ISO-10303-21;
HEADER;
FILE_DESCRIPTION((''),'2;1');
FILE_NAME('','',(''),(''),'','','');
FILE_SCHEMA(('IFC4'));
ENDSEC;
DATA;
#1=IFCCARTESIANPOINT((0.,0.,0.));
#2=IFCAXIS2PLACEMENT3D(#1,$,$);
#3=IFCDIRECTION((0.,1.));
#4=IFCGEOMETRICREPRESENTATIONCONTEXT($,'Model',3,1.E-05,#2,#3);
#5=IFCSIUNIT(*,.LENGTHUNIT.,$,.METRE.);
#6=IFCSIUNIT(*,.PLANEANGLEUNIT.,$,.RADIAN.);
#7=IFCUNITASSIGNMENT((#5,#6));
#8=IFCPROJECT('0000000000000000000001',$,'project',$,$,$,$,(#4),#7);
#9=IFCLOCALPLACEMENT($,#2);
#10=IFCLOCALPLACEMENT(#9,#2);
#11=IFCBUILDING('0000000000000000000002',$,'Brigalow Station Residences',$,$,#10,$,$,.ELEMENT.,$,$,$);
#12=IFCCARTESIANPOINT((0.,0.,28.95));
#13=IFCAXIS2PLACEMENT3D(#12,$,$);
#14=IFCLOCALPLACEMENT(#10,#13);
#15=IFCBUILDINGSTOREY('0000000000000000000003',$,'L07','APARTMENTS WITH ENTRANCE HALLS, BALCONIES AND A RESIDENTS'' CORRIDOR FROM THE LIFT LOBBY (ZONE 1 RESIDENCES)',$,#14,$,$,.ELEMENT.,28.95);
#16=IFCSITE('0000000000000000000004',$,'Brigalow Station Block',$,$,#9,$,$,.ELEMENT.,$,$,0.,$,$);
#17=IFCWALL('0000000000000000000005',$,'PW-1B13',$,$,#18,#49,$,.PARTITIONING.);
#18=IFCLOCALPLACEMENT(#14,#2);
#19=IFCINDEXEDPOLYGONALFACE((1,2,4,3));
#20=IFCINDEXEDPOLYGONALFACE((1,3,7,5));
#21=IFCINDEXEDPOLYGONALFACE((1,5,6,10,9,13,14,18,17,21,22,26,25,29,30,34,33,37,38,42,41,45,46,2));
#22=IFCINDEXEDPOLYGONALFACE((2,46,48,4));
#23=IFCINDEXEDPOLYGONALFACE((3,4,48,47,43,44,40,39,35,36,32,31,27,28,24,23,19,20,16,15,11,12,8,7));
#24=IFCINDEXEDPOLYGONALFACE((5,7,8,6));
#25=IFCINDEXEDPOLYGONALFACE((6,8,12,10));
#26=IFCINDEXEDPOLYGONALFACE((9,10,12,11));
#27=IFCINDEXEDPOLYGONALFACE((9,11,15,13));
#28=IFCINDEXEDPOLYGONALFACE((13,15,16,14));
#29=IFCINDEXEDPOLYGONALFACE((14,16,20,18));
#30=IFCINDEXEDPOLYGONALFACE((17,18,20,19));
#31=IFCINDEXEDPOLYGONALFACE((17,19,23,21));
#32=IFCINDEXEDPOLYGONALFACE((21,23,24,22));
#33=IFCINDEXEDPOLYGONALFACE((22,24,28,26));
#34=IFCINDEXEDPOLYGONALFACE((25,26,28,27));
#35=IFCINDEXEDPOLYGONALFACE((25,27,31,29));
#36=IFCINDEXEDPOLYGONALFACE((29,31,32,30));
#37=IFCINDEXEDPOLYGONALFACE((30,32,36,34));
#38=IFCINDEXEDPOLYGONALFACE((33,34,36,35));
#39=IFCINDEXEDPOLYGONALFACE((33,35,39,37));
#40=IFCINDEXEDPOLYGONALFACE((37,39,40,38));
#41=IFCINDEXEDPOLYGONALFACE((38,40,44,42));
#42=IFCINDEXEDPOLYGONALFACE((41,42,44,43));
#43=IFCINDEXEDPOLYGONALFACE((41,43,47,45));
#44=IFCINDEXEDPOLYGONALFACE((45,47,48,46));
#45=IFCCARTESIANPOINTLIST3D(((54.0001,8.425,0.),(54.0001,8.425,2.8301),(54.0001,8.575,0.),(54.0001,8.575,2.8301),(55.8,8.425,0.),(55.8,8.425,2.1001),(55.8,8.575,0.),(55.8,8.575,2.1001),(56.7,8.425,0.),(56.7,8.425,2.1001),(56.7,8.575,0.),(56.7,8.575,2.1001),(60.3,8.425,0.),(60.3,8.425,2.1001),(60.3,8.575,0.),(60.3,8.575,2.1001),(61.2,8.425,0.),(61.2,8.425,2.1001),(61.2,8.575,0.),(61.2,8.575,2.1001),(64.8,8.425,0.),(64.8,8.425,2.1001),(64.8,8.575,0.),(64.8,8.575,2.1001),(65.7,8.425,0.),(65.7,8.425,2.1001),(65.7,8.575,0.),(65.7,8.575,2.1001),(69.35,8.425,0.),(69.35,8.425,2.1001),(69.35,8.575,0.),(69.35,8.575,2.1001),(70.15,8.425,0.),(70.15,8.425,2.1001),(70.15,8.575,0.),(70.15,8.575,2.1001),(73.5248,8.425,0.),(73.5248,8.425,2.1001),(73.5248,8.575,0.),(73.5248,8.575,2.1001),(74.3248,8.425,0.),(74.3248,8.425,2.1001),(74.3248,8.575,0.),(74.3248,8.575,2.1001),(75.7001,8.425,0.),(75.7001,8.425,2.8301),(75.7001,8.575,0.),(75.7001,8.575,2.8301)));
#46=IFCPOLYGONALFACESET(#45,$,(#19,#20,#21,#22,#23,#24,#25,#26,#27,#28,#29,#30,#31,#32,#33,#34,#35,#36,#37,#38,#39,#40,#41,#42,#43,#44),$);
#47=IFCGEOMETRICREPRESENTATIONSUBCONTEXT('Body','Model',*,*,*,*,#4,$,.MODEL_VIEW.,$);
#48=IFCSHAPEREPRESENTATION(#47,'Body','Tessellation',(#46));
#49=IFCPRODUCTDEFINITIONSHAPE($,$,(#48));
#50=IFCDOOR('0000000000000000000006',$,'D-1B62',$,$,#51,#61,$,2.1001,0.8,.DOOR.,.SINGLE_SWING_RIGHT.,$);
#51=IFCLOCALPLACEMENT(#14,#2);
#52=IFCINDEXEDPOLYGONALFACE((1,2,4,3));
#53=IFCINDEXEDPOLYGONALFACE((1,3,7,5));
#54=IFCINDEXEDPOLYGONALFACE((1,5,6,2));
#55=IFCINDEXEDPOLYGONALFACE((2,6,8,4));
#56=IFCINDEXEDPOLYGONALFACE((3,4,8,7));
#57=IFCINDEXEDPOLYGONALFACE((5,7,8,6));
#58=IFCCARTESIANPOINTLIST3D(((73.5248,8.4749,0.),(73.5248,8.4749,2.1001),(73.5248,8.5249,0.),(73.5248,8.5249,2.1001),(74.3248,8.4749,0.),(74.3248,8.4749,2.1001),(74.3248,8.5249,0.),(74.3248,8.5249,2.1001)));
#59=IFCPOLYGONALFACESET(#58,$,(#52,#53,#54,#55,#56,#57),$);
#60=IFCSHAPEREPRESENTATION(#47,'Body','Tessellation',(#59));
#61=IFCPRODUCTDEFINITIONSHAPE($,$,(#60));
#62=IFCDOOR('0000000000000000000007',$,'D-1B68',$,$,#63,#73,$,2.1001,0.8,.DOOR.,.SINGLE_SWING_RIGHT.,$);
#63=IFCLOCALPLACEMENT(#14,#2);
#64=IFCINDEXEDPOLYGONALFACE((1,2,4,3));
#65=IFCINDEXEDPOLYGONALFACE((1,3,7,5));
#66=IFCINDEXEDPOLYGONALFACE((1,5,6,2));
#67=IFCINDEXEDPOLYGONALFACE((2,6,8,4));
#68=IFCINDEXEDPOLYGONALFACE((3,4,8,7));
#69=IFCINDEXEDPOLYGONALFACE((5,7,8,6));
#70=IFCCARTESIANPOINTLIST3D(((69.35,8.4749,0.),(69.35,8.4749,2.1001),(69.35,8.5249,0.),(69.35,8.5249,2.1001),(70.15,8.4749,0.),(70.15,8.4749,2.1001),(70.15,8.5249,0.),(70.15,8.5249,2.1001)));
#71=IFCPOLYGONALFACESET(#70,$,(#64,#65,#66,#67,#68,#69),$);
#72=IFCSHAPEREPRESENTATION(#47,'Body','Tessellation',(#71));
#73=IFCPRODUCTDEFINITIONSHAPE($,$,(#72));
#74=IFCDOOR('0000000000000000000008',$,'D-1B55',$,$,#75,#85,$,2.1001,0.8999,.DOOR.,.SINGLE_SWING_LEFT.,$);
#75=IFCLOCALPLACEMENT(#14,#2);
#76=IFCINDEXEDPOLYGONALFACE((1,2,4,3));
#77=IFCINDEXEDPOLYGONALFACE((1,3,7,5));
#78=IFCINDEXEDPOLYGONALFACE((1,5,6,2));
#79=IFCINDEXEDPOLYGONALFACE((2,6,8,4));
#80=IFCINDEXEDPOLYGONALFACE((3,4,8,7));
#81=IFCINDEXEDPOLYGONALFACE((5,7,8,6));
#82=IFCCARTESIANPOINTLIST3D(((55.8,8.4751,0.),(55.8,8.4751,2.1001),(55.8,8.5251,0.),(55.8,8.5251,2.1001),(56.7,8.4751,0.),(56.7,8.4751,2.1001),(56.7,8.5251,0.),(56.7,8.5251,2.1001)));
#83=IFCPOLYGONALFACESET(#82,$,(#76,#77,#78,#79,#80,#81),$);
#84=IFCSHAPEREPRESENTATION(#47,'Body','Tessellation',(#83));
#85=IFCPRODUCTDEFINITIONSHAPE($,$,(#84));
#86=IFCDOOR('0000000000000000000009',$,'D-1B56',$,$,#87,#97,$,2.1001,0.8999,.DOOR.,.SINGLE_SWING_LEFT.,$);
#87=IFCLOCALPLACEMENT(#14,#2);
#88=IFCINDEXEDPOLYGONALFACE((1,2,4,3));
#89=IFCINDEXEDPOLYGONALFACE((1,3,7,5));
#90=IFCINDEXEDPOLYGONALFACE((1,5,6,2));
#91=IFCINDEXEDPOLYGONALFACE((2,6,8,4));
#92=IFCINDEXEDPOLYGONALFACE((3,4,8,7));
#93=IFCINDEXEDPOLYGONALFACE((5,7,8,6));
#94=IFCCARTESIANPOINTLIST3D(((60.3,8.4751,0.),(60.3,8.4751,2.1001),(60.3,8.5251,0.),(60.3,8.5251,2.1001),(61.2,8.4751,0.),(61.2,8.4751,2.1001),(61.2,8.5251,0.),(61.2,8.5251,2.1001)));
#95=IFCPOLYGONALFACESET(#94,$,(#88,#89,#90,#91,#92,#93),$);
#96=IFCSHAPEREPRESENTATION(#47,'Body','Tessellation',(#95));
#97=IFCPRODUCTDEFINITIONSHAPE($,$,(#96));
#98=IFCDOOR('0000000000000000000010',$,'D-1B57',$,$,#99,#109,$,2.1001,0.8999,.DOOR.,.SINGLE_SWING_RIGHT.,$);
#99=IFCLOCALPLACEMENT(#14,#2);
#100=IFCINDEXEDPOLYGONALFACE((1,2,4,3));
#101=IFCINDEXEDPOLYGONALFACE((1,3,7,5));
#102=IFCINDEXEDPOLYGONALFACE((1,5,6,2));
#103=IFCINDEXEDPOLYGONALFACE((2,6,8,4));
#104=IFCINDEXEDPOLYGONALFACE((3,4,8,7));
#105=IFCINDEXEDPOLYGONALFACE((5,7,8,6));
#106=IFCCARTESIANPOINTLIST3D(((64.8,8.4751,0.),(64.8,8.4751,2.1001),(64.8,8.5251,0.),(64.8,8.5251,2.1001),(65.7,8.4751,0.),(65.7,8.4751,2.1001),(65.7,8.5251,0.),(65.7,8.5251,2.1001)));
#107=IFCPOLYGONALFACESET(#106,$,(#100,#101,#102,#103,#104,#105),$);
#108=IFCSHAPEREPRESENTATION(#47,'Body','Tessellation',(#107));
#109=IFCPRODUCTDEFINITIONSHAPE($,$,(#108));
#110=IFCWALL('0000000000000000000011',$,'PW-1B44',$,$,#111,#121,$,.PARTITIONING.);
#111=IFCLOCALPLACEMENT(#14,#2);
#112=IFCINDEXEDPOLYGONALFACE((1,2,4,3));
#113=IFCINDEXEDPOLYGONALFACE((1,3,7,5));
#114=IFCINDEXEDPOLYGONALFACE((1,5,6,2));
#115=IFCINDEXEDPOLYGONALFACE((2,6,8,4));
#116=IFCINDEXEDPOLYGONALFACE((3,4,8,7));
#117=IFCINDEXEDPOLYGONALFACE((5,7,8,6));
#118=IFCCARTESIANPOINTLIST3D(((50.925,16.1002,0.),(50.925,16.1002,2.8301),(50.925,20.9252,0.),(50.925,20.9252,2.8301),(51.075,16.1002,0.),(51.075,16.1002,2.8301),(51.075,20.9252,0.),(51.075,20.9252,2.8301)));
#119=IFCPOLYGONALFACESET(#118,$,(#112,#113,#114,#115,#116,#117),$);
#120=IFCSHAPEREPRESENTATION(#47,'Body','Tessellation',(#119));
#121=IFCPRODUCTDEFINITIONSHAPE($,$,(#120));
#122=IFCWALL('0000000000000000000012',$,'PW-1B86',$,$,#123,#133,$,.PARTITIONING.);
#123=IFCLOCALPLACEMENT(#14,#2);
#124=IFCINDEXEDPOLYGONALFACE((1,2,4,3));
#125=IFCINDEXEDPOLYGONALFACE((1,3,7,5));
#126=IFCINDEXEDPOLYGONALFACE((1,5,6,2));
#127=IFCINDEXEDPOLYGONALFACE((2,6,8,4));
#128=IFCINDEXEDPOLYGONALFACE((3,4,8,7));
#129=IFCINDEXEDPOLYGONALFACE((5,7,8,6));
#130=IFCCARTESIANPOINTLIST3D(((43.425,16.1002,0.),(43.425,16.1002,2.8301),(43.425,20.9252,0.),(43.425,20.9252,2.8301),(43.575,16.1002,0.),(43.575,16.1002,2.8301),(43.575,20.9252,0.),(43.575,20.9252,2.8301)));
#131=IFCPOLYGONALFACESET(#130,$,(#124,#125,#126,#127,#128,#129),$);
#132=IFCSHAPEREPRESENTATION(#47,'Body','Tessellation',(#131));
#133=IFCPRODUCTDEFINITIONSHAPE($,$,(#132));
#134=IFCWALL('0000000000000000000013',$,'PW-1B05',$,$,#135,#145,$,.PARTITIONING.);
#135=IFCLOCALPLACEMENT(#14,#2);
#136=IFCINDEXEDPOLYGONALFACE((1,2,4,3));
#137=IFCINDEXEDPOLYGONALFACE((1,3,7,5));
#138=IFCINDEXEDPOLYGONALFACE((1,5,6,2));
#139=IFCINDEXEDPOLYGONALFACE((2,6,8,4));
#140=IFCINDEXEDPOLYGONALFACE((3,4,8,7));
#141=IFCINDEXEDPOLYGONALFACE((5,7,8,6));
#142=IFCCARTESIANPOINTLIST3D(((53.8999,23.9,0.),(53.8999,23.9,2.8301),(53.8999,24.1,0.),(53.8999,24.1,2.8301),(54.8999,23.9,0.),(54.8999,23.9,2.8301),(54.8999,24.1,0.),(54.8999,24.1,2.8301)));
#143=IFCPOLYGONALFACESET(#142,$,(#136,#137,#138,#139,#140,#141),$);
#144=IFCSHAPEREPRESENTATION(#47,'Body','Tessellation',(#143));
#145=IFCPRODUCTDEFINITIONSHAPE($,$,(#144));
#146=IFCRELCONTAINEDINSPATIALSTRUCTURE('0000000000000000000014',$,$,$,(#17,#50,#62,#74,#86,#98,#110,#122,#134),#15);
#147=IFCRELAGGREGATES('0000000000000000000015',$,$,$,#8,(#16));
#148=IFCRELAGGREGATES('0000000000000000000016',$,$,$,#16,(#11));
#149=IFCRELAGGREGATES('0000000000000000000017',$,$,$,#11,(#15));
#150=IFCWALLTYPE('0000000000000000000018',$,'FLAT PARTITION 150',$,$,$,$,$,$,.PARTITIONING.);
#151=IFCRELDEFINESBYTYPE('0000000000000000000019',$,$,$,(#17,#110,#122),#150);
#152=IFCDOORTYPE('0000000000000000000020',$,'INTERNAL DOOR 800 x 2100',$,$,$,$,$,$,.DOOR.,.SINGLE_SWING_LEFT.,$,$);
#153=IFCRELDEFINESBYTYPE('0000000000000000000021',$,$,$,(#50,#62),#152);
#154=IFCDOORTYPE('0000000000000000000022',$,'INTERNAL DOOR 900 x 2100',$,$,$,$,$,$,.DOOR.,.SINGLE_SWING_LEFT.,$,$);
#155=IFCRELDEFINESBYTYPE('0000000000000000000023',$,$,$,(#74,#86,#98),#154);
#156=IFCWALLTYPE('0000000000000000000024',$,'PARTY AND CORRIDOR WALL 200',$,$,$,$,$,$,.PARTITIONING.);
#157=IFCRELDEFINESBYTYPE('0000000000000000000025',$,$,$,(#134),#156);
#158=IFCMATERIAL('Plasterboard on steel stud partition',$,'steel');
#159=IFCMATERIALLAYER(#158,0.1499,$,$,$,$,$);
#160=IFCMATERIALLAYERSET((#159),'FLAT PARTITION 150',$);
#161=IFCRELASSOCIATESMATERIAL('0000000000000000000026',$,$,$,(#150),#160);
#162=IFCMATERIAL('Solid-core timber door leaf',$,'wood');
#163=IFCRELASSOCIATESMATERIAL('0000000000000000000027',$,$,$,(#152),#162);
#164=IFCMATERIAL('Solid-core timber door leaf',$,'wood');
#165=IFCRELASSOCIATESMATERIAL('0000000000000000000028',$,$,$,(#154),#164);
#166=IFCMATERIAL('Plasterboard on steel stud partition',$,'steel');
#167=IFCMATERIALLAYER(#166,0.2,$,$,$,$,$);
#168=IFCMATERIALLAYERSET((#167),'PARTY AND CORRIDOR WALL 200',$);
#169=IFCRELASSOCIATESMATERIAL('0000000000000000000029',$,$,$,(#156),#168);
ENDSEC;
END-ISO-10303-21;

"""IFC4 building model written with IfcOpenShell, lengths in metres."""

from ifc_helpers import new_model, si_unit, direction, frame, frame_2d, origin, place, context, subcontext, project, spatial, rectangle, extrude, material, layer, layer_set, type_object, element, fill, save


model = new_model("IFC4")

# Units and contexts
model_context = context("Model", 3, precision=1e-05, world=origin(), true_north=direction((0.0, 1.0)))
body_context = subcontext(model_context, "Body", "Model", "MODEL_VIEW")
ifc_project = project(units=[si_unit("LENGTHUNIT", "METRE"), si_unit("PLANEANGLEUNIT", "RADIAN")], contexts=[model_context])

# Site, building, storey
site_placement = place(None, origin())
site = spatial("IfcSite", under=ifc_project, at=site_placement, Name="Brigalow Station Block", CompositionType="ELEMENT", RefElevation=0.0)
building_placement = place(site_placement, origin())
building = spatial("IfcBuilding", under=site, at=building_placement, Name="Brigalow Station Residences", CompositionType="ELEMENT")
storey_placement = place(building_placement, frame((0.0, 0.0, 28.95)))
storey = spatial("IfcBuildingStorey", under=building, at=storey_placement, Name="L07", Description="APARTMENTS WITH ENTRANCE HALLS, BALCONIES AND A RESIDENTS' CORRIDOR FROM THE LIFT LOBBY (ZONE 1 RESIDENCES)", CompositionType="ELEMENT", Elevation=28.95)

# Wall, openings, doors
ifc_material_1 = material(Name="Plasterboard on steel stud partition", Category="steel")
ifc_layer_1 = layer(ifc_material_1, 0.1499)
ifc_layer_set_1 = layer_set([ifc_layer_1], Name="FLAT PARTITION 150")
wall_type_1 = type_object("IfcWallType", Name="FLAT PARTITION 150", PredefinedType="PARTITIONING", material=ifc_layer_set_1)
wall_1_placement = place(storey_placement, frame((54.0, 8.5, 0.0), z_axis=(0.0, 0.0, 1.0), x_axis=(1.0, 0.0, 0.0)))
wall_1 = element("IfcWall", 1, at=wall_1_placement, inside=storey, type_object=wall_type_1, Name="PW-1B13", PredefinedType="PARTITIONING", context=body_context, shape_type="SweptSolid", body=[
    extrude(rectangle(XDim=21.7, YDim=0.1499, at=frame_2d((10.8501, 0.0))), origin(), (0.0, 0.0, 1.0), 2.8301),
])
opening_1_placement = place(wall_1_placement, frame((1.8, 0.0, 0.0)))
opening_1 = element("IfcOpeningElement", 2, at=opening_1_placement, cuts=wall_1, PredefinedType="OPENING", context=body_context, shape_type="SweptSolid", body=[
    extrude(rectangle(XDim=0.8999, YDim=2.1001, at=frame_2d((0.45, 1.05))), frame((0.0, 0.085, 0.0), z_axis=(0.0, -1.0, 0.0), x_axis=(1.0, 0.0, 0.0)), (0.0, 0.0, 1.0), 0.1699),
])
opening_2_placement = place(wall_1_placement, frame((6.3, 0.0, 0.0)))
opening_2 = element("IfcOpeningElement", 3, at=opening_2_placement, cuts=wall_1, PredefinedType="OPENING", context=body_context, shape_type="SweptSolid", body=[
    extrude(rectangle(XDim=0.8999, YDim=2.1001, at=frame_2d((0.45, 1.05))), frame((0.0, 0.085, 0.0), z_axis=(0.0, -1.0, 0.0), x_axis=(1.0, 0.0, 0.0)), (0.0, 0.0, 1.0), 0.1699),
])
opening_3_placement = place(wall_1_placement, frame((10.8, 0.0, 0.0)))
opening_3 = element("IfcOpeningElement", 4, at=opening_3_placement, cuts=wall_1, PredefinedType="OPENING", context=body_context, shape_type="SweptSolid", body=[
    extrude(rectangle(XDim=0.8999, YDim=2.1001, at=frame_2d((0.45, 1.05))), frame((0.0, 0.085, 0.0), z_axis=(0.0, -1.0, 0.0), x_axis=(1.0, 0.0, 0.0)), (0.0, 0.0, 1.0), 0.1699),
])
opening_4_placement = place(wall_1_placement, frame((19.5249, 0.0, 0.0)))
opening_4 = element("IfcOpeningElement", 5, at=opening_4_placement, cuts=wall_1, PredefinedType="OPENING", context=body_context, shape_type="SweptSolid", body=[
    extrude(rectangle(XDim=0.8, YDim=2.1001, at=frame_2d((0.3999, 1.05))), frame((0.0, 0.085, 0.0), z_axis=(0.0, -1.0, 0.0), x_axis=(1.0, 0.0, 0.0)), (0.0, 0.0, 1.0), 0.1699),
])
opening_5_placement = place(wall_1_placement, frame((15.3501, 0.0, 0.0)))
opening_5 = element("IfcOpeningElement", 6, at=opening_5_placement, cuts=wall_1, PredefinedType="OPENING", context=body_context, shape_type="SweptSolid", body=[
    extrude(rectangle(XDim=0.8, YDim=2.1001, at=frame_2d((0.3999, 1.05))), frame((0.0, 0.085, 0.0), z_axis=(0.0, -1.0, 0.0), x_axis=(1.0, 0.0, 0.0)), (0.0, 0.0, 1.0), 0.1699),
])
ifc_material_2 = material(Name="Solid-core timber door leaf", Category="wood")
door_type_1 = type_object("IfcDoorType", Name="INTERNAL DOOR 800 x 2100", OperationType="SINGLE_SWING_LEFT", PredefinedType="DOOR", material=ifc_material_2)
door_1_placement = place(opening_4_placement, origin())
door_1 = element("IfcDoor", 7, at=door_1_placement, inside=storey, type_object=door_type_1, Name="D-1B62", OperationType="SINGLE_SWING_RIGHT", OverallHeight=2.1001, OverallWidth=0.8, PredefinedType="DOOR", context=body_context, shape_type="SweptSolid", body=[
    extrude(rectangle(XDim=0.8, YDim=2.1001, at=frame_2d((0.3999, 1.05))), frame((0.0, 0.0249, 0.0), z_axis=(0.0, -1.0, 0.0), x_axis=(1.0, 0.0, 0.0)), (0.0, 0.0, 1.0), 0.05),
])
fill(opening_4, door_1)
door_2_placement = place(opening_5_placement, origin())
door_2 = element("IfcDoor", 8, at=door_2_placement, inside=storey, type_object=door_type_1, Name="D-1B68", OperationType="SINGLE_SWING_RIGHT", OverallHeight=2.1001, OverallWidth=0.8, PredefinedType="DOOR", context=body_context, shape_type="SweptSolid", body=[
    extrude(rectangle(XDim=0.8, YDim=2.1001, at=frame_2d((0.3999, 1.05))), frame((0.0, 0.0249, 0.0), z_axis=(0.0, -1.0, 0.0), x_axis=(1.0, 0.0, 0.0)), (0.0, 0.0, 1.0), 0.05),
])
fill(opening_5, door_2)
ifc_material_3 = material(Name="Solid-core timber door leaf", Category="wood")
door_type_2 = type_object("IfcDoorType", Name="INTERNAL DOOR 900 x 2100", OperationType="SINGLE_SWING_LEFT", PredefinedType="DOOR", material=ifc_material_3)
door_3_placement = place(opening_1_placement, frame((0.8999, 0.0, 0.0), z_axis=(0.0, 0.0, 1.0), x_axis=(-1.0, 0.0, 0.0)))
door_3 = element("IfcDoor", 9, at=door_3_placement, inside=storey, type_object=door_type_2, Name="D-1B55", OperationType="SINGLE_SWING_LEFT", OverallHeight=2.1001, OverallWidth=0.8999, PredefinedType="DOOR", context=body_context, shape_type="SweptSolid", body=[
    extrude(rectangle(XDim=0.8999, YDim=2.1001, at=frame_2d((0.45, 1.05))), frame((0.0, 0.0249, 0.0), z_axis=(0.0, -1.0, 0.0), x_axis=(1.0, 0.0, 0.0)), (0.0, 0.0, 1.0), 0.05),
])
fill(opening_1, door_3)
door_4_placement = place(opening_2_placement, frame((0.8999, 0.0, 0.0), z_axis=(0.0, 0.0, 1.0), x_axis=(-1.0, 0.0, 0.0)))
door_4 = element("IfcDoor", 10, at=door_4_placement, inside=storey, type_object=door_type_2, Name="D-1B56", OperationType="SINGLE_SWING_LEFT", OverallHeight=2.1001, OverallWidth=0.8999, PredefinedType="DOOR", context=body_context, shape_type="SweptSolid", body=[
    extrude(rectangle(XDim=0.8999, YDim=2.1001, at=frame_2d((0.45, 1.05))), frame((0.0, 0.0249, 0.0), z_axis=(0.0, -1.0, 0.0), x_axis=(1.0, 0.0, 0.0)), (0.0, 0.0, 1.0), 0.05),
])
fill(opening_2, door_4)
door_5_placement = place(opening_3_placement, frame((0.8999, 0.0, 0.0), z_axis=(0.0, 0.0, 1.0), x_axis=(-1.0, 0.0, 0.0)))
door_5 = element("IfcDoor", 11, at=door_5_placement, inside=storey, type_object=door_type_2, Name="D-1B57", OperationType="SINGLE_SWING_RIGHT", OverallHeight=2.1001, OverallWidth=0.8999, PredefinedType="DOOR", context=body_context, shape_type="SweptSolid", body=[
    extrude(rectangle(XDim=0.8999, YDim=2.1001, at=frame_2d((0.45, 1.05))), frame((0.0, 0.0249, 0.0), z_axis=(0.0, -1.0, 0.0), x_axis=(1.0, 0.0, 0.0)), (0.0, 0.0, 1.0), 0.05),
])
fill(opening_3, door_5)

# Walls
for number, where, z_axis, x_axis, name in (
    (12, (51.0, 16.1001, 0.0), (0.0, 0.0, 1.0), (0.0, 1.0, 0.0), "PW-1B44"),
    (13, (43.5, 16.1001, 0.0), (0.0, 0.0, 1.0), (0.0, 1.0, 0.0), "PW-1B86"),
):
    element("IfcWall", number, at=place(storey_placement, frame(where, z_axis=z_axis, x_axis=x_axis)), inside=storey, type_object=wall_type_1, Name=name, PredefinedType="PARTITIONING", context=body_context, shape_type="SweptSolid", body=[
        extrude(rectangle(XDim=4.825, YDim=0.1499, at=frame_2d((2.4126, 0.0))), origin(), (0.0, 0.0, 1.0), 2.8301),
    ])
ifc_material_4 = material(Name="Plasterboard on steel stud partition", Category="steel")
ifc_layer_2 = layer(ifc_material_4, 0.2)
ifc_layer_set_2 = layer_set([ifc_layer_2], Name="PARTY AND CORRIDOR WALL 200")
wall_type_2 = type_object("IfcWallType", Name="PARTY AND CORRIDOR WALL 200", PredefinedType="PARTITIONING", material=ifc_layer_set_2)
wall_2_placement = place(storey_placement, frame((53.8999, 24.0, 0.0), z_axis=(0.0, 0.0, 1.0), x_axis=(1.0, 0.0, 0.0)))
element("IfcWall", 14, at=wall_2_placement, inside=storey, type_object=wall_type_2, Name="PW-1B05", PredefinedType="PARTITIONING", context=body_context, shape_type="SweptSolid", body=[
    extrude(rectangle(XDim=1.0, YDim=0.2, at=frame_2d((0.5, 0.0))), origin(), (0.0, 0.0, 1.0), 2.8301),
])

save(model, "model.ifc")
